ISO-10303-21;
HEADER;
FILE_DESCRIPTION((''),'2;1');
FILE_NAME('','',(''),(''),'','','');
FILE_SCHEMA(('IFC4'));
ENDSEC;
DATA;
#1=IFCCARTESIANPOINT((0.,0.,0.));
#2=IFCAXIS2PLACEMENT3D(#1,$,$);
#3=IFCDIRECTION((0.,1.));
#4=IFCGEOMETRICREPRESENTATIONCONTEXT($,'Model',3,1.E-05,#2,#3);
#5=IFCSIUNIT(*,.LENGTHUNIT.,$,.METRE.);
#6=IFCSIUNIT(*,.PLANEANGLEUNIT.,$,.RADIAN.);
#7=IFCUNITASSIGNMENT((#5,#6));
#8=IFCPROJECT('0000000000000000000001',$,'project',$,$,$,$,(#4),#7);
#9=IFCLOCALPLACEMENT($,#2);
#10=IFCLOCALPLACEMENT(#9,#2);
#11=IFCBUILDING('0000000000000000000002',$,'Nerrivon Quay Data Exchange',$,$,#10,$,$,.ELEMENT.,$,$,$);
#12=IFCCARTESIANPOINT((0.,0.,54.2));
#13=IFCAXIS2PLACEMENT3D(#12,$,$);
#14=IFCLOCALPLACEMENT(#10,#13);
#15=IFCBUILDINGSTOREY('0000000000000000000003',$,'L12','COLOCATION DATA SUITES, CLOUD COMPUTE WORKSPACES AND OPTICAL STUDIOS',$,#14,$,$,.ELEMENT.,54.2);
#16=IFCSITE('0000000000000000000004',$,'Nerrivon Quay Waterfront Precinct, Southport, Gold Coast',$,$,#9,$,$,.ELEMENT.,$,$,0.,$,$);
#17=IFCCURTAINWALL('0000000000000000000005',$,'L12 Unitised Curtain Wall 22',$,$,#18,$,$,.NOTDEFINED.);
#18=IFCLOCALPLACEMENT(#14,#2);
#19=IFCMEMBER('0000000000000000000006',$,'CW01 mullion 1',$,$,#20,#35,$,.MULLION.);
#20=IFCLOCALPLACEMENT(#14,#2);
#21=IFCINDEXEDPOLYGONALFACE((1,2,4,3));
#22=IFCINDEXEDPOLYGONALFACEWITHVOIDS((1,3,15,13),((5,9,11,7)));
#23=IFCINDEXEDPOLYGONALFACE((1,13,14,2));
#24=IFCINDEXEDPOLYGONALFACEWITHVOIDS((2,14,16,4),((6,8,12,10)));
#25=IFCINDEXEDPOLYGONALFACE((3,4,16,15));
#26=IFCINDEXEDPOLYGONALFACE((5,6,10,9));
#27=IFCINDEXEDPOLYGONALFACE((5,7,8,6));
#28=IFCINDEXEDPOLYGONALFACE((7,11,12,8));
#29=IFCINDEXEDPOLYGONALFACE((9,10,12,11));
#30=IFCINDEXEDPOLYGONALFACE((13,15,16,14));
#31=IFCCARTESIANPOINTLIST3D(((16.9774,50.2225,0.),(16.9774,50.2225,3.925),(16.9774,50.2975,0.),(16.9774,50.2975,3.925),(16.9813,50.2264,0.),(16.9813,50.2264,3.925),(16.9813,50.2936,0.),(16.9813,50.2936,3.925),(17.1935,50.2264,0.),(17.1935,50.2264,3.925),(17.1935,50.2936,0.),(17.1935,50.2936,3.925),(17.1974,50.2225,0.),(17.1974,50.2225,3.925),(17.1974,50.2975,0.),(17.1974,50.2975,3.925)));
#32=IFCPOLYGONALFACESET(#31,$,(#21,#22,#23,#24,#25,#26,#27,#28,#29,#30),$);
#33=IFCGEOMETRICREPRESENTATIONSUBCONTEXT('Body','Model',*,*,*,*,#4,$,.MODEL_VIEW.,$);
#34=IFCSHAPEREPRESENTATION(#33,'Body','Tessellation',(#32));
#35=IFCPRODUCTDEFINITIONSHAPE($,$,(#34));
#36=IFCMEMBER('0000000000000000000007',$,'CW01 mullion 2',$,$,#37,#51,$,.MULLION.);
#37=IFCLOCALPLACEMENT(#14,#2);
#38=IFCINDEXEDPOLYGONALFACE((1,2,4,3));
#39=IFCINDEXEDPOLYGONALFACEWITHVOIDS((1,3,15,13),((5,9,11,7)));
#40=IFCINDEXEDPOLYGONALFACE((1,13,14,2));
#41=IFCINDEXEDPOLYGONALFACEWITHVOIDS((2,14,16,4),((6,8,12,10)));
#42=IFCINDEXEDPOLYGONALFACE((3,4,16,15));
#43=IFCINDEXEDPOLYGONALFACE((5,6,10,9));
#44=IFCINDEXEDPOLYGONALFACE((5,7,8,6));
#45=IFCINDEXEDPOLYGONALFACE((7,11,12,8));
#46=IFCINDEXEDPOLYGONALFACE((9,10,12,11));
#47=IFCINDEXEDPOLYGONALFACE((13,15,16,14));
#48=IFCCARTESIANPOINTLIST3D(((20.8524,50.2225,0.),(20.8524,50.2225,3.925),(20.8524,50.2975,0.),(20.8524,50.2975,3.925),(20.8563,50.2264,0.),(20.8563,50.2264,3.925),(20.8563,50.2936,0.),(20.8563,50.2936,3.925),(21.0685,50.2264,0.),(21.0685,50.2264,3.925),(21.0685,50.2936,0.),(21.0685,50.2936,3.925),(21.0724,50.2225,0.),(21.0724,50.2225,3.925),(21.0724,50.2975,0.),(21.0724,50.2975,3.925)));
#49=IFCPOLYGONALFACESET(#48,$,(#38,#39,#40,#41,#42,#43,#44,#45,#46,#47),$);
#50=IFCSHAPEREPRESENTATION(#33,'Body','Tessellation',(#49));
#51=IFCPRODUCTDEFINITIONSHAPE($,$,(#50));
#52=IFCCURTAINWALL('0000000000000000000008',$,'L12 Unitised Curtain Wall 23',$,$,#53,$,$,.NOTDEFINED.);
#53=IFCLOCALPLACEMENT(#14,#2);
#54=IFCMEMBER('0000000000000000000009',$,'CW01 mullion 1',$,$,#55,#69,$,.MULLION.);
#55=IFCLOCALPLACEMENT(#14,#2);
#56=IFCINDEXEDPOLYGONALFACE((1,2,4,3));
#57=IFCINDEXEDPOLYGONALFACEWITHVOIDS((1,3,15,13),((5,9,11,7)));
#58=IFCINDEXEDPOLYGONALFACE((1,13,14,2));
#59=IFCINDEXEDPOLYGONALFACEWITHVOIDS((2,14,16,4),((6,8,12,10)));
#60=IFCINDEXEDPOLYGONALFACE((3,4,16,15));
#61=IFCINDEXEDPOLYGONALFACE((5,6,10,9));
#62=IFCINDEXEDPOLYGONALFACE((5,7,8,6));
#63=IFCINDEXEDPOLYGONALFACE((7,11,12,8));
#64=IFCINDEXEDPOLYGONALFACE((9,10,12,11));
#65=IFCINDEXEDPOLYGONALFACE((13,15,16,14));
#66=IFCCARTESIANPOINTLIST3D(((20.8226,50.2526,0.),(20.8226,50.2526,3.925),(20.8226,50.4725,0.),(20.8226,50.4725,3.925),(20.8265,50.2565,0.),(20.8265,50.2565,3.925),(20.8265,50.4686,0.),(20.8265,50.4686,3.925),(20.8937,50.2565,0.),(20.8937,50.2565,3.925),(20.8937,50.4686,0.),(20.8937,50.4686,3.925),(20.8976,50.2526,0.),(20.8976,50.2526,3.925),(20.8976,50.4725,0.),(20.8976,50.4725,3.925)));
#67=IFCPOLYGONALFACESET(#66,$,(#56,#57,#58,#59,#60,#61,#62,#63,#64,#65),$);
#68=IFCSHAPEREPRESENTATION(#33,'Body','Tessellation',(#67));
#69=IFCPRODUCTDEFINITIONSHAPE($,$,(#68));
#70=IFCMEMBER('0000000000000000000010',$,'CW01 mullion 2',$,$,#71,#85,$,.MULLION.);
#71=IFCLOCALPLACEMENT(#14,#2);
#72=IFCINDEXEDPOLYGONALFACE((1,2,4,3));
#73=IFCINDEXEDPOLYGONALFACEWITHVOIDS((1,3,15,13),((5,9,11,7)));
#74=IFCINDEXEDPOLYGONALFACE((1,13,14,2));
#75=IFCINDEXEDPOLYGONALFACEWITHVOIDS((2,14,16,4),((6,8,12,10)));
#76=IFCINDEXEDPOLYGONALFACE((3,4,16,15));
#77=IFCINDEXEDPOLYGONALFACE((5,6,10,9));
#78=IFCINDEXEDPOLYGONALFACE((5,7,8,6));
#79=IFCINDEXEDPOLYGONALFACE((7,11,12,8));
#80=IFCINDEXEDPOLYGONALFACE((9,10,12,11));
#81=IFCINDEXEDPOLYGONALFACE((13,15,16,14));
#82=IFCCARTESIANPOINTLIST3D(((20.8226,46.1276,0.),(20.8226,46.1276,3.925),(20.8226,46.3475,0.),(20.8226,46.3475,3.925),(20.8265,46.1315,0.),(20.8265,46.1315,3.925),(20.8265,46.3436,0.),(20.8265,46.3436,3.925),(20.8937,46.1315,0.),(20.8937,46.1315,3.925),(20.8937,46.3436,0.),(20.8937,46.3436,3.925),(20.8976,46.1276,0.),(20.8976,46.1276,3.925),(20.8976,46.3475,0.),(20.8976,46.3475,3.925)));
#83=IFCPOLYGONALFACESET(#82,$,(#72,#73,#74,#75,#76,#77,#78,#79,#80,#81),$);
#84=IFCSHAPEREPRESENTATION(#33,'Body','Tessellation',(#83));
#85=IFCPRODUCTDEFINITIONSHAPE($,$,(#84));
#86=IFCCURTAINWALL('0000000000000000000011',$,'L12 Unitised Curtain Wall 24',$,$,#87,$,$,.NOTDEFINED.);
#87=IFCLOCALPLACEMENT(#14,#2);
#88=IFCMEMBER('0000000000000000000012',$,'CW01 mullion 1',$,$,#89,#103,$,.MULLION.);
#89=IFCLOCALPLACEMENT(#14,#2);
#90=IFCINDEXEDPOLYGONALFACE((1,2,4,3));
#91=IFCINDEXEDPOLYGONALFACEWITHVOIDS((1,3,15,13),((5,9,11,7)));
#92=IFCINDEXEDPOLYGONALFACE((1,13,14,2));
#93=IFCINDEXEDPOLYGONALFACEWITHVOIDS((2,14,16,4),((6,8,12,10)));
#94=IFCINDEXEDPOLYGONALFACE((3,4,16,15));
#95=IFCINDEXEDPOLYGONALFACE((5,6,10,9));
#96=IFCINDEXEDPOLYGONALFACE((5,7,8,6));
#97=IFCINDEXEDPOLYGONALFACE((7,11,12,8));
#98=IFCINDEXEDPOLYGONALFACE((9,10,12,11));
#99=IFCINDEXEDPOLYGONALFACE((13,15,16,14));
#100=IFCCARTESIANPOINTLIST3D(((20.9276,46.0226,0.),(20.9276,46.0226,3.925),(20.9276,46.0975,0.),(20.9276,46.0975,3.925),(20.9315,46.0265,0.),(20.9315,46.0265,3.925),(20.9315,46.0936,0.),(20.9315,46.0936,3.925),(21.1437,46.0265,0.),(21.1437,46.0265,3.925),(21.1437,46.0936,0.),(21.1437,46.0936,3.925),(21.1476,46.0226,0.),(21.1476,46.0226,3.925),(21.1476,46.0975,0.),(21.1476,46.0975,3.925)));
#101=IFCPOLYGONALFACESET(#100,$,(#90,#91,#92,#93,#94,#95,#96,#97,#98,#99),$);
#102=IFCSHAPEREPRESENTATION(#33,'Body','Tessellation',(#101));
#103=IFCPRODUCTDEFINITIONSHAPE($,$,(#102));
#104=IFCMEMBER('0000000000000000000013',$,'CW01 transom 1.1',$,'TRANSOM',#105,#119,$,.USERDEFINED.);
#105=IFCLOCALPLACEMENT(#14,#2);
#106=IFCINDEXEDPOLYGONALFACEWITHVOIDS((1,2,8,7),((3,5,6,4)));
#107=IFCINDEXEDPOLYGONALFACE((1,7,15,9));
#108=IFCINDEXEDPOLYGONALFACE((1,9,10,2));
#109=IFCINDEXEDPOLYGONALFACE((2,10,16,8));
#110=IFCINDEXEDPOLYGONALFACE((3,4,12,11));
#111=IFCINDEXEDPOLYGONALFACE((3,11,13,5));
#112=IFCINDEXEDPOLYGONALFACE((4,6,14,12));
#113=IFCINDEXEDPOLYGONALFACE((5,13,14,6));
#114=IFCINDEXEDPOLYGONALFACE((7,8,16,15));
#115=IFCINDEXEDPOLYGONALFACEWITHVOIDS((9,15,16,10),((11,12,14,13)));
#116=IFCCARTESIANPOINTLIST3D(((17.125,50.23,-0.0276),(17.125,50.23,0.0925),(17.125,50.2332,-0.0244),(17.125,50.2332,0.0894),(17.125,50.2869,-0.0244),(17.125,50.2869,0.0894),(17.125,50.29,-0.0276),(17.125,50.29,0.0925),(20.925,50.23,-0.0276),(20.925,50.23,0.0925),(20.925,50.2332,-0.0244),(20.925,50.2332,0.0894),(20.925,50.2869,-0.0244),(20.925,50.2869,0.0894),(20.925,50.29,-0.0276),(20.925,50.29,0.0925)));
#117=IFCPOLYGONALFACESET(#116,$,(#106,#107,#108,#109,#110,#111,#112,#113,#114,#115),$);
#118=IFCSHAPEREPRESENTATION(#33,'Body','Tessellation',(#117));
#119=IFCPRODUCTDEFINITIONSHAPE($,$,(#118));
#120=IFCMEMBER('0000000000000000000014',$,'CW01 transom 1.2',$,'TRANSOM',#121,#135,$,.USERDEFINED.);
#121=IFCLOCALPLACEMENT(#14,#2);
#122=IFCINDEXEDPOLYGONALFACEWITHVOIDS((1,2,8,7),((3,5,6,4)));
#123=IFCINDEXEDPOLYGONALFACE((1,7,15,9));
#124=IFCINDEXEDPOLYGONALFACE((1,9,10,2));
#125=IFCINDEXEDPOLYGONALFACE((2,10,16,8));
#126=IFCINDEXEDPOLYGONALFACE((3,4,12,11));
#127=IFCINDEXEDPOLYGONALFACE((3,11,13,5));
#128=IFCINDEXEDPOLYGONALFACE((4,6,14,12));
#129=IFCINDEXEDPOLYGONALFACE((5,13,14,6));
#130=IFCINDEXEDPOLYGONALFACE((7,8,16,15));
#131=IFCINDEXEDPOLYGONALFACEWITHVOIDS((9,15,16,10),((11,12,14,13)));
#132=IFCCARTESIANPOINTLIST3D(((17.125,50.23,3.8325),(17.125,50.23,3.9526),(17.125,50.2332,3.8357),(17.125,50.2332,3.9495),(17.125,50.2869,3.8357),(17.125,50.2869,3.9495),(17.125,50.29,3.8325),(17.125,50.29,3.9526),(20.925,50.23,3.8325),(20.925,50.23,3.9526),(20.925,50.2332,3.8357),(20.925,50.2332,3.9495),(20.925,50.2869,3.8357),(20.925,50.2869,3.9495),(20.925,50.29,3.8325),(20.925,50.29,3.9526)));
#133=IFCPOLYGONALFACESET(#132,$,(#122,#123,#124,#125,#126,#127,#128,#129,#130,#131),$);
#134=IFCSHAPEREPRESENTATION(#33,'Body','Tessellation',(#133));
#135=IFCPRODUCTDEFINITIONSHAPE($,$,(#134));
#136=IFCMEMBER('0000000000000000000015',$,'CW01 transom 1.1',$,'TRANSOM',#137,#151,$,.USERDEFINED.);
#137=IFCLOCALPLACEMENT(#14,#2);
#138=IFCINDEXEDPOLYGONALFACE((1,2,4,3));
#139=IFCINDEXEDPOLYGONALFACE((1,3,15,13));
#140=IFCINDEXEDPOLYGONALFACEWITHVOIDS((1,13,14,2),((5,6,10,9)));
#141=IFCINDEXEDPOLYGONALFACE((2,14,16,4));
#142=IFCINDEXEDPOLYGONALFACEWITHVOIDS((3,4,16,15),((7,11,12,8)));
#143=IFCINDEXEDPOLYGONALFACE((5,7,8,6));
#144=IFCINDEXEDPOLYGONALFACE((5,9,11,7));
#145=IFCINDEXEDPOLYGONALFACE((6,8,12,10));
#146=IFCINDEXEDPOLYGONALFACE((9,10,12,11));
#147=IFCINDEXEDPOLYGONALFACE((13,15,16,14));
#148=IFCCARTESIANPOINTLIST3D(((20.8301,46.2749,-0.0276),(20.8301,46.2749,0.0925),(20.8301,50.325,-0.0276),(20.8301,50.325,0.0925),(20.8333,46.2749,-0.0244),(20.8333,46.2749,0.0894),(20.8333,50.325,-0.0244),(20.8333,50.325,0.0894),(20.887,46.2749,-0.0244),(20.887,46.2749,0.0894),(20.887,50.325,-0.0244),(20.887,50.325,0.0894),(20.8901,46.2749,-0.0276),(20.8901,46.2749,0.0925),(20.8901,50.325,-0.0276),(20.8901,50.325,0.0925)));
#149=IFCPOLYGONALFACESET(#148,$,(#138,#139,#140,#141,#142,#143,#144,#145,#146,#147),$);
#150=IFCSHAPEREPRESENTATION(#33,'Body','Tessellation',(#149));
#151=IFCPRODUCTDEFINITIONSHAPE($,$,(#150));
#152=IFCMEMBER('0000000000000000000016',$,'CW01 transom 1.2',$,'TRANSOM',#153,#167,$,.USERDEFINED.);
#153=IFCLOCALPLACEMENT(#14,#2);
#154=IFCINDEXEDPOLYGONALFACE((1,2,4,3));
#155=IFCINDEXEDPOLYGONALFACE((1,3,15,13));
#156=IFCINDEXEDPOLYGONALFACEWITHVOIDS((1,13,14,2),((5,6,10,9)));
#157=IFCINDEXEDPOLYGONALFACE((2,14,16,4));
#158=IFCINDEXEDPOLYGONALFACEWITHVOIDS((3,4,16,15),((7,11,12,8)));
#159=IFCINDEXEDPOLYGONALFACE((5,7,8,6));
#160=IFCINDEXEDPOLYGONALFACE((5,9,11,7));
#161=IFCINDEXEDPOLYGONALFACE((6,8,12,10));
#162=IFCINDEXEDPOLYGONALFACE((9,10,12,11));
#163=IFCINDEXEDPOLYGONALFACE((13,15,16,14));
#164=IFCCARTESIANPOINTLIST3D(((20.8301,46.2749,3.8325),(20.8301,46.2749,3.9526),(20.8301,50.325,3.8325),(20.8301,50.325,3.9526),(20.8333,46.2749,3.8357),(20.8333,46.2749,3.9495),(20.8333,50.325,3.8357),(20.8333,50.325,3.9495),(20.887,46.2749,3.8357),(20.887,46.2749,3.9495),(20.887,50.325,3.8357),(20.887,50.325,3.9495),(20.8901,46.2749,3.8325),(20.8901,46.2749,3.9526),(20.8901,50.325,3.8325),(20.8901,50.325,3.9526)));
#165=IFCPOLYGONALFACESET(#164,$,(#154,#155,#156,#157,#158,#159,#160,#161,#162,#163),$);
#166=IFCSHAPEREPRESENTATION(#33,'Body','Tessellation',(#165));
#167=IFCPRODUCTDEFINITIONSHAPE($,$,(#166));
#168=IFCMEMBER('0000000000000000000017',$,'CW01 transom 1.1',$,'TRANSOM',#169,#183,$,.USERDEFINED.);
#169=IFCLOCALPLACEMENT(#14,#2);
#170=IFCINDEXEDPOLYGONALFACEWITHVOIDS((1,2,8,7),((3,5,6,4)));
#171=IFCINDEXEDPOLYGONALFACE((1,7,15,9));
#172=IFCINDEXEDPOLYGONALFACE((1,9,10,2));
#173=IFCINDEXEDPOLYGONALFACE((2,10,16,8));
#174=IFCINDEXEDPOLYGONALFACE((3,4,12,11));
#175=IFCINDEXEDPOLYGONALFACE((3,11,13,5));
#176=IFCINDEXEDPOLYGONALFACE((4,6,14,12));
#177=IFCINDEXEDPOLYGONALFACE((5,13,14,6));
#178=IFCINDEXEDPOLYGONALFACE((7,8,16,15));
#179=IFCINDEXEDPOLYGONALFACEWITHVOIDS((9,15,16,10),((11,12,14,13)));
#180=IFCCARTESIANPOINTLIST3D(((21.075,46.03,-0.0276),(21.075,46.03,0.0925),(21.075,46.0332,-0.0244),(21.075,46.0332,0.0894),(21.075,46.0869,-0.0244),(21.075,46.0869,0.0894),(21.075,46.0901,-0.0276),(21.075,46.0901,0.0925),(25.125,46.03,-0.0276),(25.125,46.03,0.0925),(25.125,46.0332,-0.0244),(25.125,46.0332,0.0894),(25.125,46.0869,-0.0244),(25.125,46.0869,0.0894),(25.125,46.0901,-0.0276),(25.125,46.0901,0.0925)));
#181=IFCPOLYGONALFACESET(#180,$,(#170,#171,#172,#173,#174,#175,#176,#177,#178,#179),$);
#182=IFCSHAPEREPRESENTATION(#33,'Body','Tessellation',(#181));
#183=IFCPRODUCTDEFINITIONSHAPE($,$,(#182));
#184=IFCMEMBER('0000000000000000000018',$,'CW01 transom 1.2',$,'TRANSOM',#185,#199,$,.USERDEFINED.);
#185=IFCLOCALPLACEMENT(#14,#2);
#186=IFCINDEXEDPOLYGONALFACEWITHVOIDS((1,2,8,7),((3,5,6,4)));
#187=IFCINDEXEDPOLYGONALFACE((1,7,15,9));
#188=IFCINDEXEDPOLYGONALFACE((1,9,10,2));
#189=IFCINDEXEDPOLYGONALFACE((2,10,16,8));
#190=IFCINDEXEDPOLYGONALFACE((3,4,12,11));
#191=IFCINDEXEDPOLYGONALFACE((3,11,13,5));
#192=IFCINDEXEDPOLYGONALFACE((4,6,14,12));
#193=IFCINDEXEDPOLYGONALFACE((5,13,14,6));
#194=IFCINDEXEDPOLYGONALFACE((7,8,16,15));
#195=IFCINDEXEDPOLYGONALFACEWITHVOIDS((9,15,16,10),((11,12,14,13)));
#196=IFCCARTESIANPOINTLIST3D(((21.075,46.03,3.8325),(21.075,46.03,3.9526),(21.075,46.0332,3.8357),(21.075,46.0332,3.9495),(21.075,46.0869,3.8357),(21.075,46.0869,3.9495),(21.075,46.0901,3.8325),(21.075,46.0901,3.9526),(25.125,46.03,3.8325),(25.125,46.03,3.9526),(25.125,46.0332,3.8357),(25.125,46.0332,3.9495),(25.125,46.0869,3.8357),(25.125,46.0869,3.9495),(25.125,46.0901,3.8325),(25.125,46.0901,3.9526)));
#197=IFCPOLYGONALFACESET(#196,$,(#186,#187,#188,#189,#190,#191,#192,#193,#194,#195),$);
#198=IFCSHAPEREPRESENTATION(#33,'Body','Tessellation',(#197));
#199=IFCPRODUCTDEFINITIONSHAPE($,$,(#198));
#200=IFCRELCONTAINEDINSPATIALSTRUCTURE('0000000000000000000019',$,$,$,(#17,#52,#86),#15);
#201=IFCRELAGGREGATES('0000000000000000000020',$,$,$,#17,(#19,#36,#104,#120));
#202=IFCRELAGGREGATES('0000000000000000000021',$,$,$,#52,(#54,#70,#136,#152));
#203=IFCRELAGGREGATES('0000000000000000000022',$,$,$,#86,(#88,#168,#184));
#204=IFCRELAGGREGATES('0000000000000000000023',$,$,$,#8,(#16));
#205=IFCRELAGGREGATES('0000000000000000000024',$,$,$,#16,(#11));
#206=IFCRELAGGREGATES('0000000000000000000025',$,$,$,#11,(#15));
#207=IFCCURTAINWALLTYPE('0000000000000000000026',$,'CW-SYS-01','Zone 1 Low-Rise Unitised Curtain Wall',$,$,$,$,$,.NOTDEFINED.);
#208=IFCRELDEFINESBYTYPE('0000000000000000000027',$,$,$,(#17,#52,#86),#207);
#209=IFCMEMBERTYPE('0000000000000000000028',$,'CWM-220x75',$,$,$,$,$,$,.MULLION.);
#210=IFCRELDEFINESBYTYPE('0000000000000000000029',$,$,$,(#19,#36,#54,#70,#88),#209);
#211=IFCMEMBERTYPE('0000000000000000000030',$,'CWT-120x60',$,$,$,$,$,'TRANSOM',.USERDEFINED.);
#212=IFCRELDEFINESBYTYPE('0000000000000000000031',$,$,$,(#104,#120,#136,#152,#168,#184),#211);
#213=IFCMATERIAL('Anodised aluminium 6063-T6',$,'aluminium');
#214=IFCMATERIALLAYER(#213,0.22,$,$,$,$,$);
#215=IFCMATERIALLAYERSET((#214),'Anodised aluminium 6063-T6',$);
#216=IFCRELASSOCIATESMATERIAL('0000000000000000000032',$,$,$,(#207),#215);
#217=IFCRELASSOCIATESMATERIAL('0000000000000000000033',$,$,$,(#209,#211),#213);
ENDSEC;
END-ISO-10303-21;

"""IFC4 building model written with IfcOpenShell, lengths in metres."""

from ifc_helpers import new_model, si_unit, direction, frame, origin, origin_2d, place, context, subcontext, project, spatial, hollow_rectangle, extrude, material, layer, layer_set, material_profile, profile_set, type_object, element, aggregate, save


model = new_model("IFC4")

# Units and contexts
model_context = context("Model", 3, precision=1e-05, world=origin(), true_north=direction((0.0, 1.0)))
body_context = subcontext(model_context, "Body", "Model", "MODEL_VIEW")
ifc_project = project(units=[si_unit("LENGTHUNIT", "METRE"), si_unit("PLANEANGLEUNIT", "RADIAN")], contexts=[model_context])

# Site, building, storey
site_placement = place(None, origin())
site = spatial("IfcSite", under=ifc_project, at=site_placement, Name="Nerrivon Quay Waterfront Precinct, Southport, Gold Coast", CompositionType="ELEMENT", RefElevation=0.0)
building_placement = place(site_placement, origin())
building = spatial("IfcBuilding", under=site, at=building_placement, Name="Nerrivon Quay Data Exchange", CompositionType="ELEMENT")
storey_placement = place(building_placement, frame((0.0, 0.0, 54.2)))
storey = spatial("IfcBuildingStorey", under=building, at=storey_placement, Name="L12", Description="COLOCATION DATA SUITES, CLOUD COMPUTE WORKSPACES AND OPTICAL STUDIOS", CompositionType="ELEMENT", Elevation=54.2)

# Curtain walls, members
ifc_material_1 = material(Name="Anodised aluminium 6063-T6", Category="aluminium")
ifc_layer_1 = layer(ifc_material_1, 0.22)
ifc_layer_set_1 = layer_set([ifc_layer_1], Name="Anodised aluminium 6063-T6")
curtain_wall_type = type_object("IfcCurtainWallType", Name="CW-SYS-01", Description="Zone 1 Low-Rise Unitised Curtain Wall", PredefinedType="NOTDEFINED", material=ifc_layer_set_1)
curtain_wall_1_placement = place(storey_placement, origin())
curtain_wall_1 = element("IfcCurtainWall", 1, at=curtain_wall_1_placement, inside=storey, type_object=curtain_wall_type, Name="L12 Unitised Curtain Wall 22", PredefinedType="NOTDEFINED")
ifc_material_profile_1 = material_profile(ifc_material_1, hollow_rectangle(XDim=0.075, YDim=0.22, WallThickness=0.0039, at=origin_2d()), Name="ALU-MULL-220x75")
ifc_profile_set_1 = profile_set([ifc_material_profile_1], Name="Anodised aluminium 6063-T6")
member_type_1 = type_object("IfcMemberType", Name="CWM-220x75", PredefinedType="MULLION", material=ifc_profile_set_1)
member_1_placement = place(storey_placement, frame((17.0874, 50.26, 0.0), z_axis=(0.0, 0.0, 1.0), x_axis=(0.0, 1.0, 0.0)))
member_1 = element("IfcMember", 2, at=member_1_placement, type_object=member_type_1, Name="CW01 mullion 1", PredefinedType="MULLION", context=body_context, shape_type="SweptSolid", body=[
    extrude(hollow_rectangle(XDim=0.075, YDim=0.22, WallThickness=0.0039, at=origin_2d()), origin(), (0.0, 0.0, 1.0), 3.925),
])
member_2_placement = place(storey_placement, frame((20.9624, 50.26, 0.0), z_axis=(0.0, 0.0, 1.0), x_axis=(0.0, 1.0, 0.0)))
member_2 = element("IfcMember", 3, at=member_2_placement, type_object=member_type_1, Name="CW01 mullion 2", PredefinedType="MULLION", context=body_context, shape_type="SweptSolid", body=[
    extrude(hollow_rectangle(XDim=0.075, YDim=0.22, WallThickness=0.0039, at=origin_2d()), origin(), (0.0, 0.0, 1.0), 3.925),
])
curtain_wall_2_placement = place(storey_placement, origin())
curtain_wall_2 = element("IfcCurtainWall", 4, at=curtain_wall_2_placement, inside=storey, type_object=curtain_wall_type, Name="L12 Unitised Curtain Wall 23", PredefinedType="NOTDEFINED")
member_3_placement = place(storey_placement, frame((20.8601, 50.3625, 0.0), z_axis=(0.0, 0.0, 1.0), x_axis=(1.0, 0.0, 0.0)))
member_3 = element("IfcMember", 5, at=member_3_placement, type_object=member_type_1, Name="CW01 mullion 1", PredefinedType="MULLION", context=body_context, shape_type="SweptSolid", body=[
    extrude(hollow_rectangle(XDim=0.075, YDim=0.22, WallThickness=0.0039, at=origin_2d()), origin(), (0.0, 0.0, 1.0), 3.925),
])
member_4_placement = place(storey_placement, frame((20.8601, 46.2375, 0.0), z_axis=(0.0, 0.0, 1.0), x_axis=(1.0, 0.0, 0.0)))
member_4 = element("IfcMember", 6, at=member_4_placement, type_object=member_type_1, Name="CW01 mullion 2", PredefinedType="MULLION", context=body_context, shape_type="SweptSolid", body=[
    extrude(hollow_rectangle(XDim=0.075, YDim=0.22, WallThickness=0.0039, at=origin_2d()), origin(), (0.0, 0.0, 1.0), 3.925),
])

# Curtain wall, member
curtain_wall_3_placement = place(storey_placement, origin())
curtain_wall_3 = element("IfcCurtainWall", 7, at=curtain_wall_3_placement, inside=storey, type_object=curtain_wall_type, Name="L12 Unitised Curtain Wall 24", PredefinedType="NOTDEFINED")
member_5_placement = place(storey_placement, frame((21.0376, 46.0601, 0.0), z_axis=(0.0, 0.0, 1.0), x_axis=(0.0, 1.0, 0.0)))
member_5 = element("IfcMember", 8, at=member_5_placement, type_object=member_type_1, Name="CW01 mullion 1", PredefinedType="MULLION", context=body_context, shape_type="SweptSolid", body=[
    extrude(hollow_rectangle(XDim=0.075, YDim=0.22, WallThickness=0.0039, at=origin_2d()), origin(), (0.0, 0.0, 1.0), 3.925),
])

# Members
ifc_material_profile_2 = material_profile(ifc_material_1, hollow_rectangle(XDim=0.0601, YDim=0.1201, WallThickness=0.0032, at=origin_2d()), Name="ALU-TRAN-120x60")
ifc_profile_set_2 = profile_set([ifc_material_profile_2], Name="Anodised aluminium 6063-T6")
member_type_2 = type_object("IfcMemberType", Name="CWT-120x60", ElementType="TRANSOM", PredefinedType="USERDEFINED", material=ifc_profile_set_2)
member_6_placement = place(storey_placement, frame((17.125, 50.26, 0.0325), z_axis=(1.0, 0.0, 0.0), x_axis=(0.0, 1.0, 0.0)))
member_6 = element("IfcMember", 9, at=member_6_placement, type_object=member_type_2, Name="CW01 transom 1.1", ObjectType="TRANSOM", PredefinedType="USERDEFINED", context=body_context, shape_type="SweptSolid", body=[
    extrude(hollow_rectangle(XDim=0.0601, YDim=0.1201, WallThickness=0.0032, at=origin_2d()), origin(), (0.0, 0.0, 1.0), 3.8),
])
member_7_placement = place(storey_placement, frame((17.125, 50.26, 3.8926), z_axis=(1.0, 0.0, 0.0), x_axis=(0.0, 1.0, 0.0)))
member_7 = element("IfcMember", 10, at=member_7_placement, type_object=member_type_2, Name="CW01 transom 1.2", ObjectType="TRANSOM", PredefinedType="USERDEFINED", context=body_context, shape_type="SweptSolid", body=[
    extrude(hollow_rectangle(XDim=0.0601, YDim=0.1201, WallThickness=0.0032, at=origin_2d()), origin(), (0.0, 0.0, 1.0), 3.8),
])
member_8_placement = place(storey_placement, frame((20.8601, 50.325, 0.0325), z_axis=(0.0, -1.0, 0.0), x_axis=(1.0, 0.0, 0.0)))
member_8 = element("IfcMember", 11, at=member_8_placement, type_object=member_type_2, Name="CW01 transom 1.1", ObjectType="TRANSOM", PredefinedType="USERDEFINED", context=body_context, shape_type="SweptSolid", body=[
    extrude(hollow_rectangle(XDim=0.0601, YDim=0.1201, WallThickness=0.0032, at=origin_2d()), origin(), (0.0, 0.0, 1.0), 4.05),
])
member_9_placement = place(storey_placement, frame((20.8601, 50.325, 3.8926), z_axis=(0.0, -1.0, 0.0), x_axis=(1.0, 0.0, 0.0)))
member_9 = element("IfcMember", 12, at=member_9_placement, type_object=member_type_2, Name="CW01 transom 1.2", ObjectType="TRANSOM", PredefinedType="USERDEFINED", context=body_context, shape_type="SweptSolid", body=[
    extrude(hollow_rectangle(XDim=0.0601, YDim=0.1201, WallThickness=0.0032, at=origin_2d()), origin(), (0.0, 0.0, 1.0), 4.05),
])
member_10_placement = place(storey_placement, frame((21.075, 46.0601, 0.0325), z_axis=(1.0, 0.0, 0.0), x_axis=(0.0, 1.0, 0.0)))
member_10 = element("IfcMember", 13, at=member_10_placement, type_object=member_type_2, Name="CW01 transom 1.1", ObjectType="TRANSOM", PredefinedType="USERDEFINED", context=body_context, shape_type="SweptSolid", body=[
    extrude(hollow_rectangle(XDim=0.0601, YDim=0.1201, WallThickness=0.0032, at=origin_2d()), origin(), (0.0, 0.0, 1.0), 4.05),
])
member_11_placement = place(storey_placement, frame((21.075, 46.0601, 3.8926), z_axis=(1.0, 0.0, 0.0), x_axis=(0.0, 1.0, 0.0)))
member_11 = element("IfcMember", 14, at=member_11_placement, type_object=member_type_2, Name="CW01 transom 1.2", ObjectType="TRANSOM", PredefinedType="USERDEFINED", context=body_context, shape_type="SweptSolid", body=[
    extrude(hollow_rectangle(XDim=0.0601, YDim=0.1201, WallThickness=0.0032, at=origin_2d()), origin(), (0.0, 0.0, 1.0), 4.05),
])

aggregate(curtain_wall_1, [member_1, member_2, member_6, member_7])
aggregate(curtain_wall_2, [member_3, member_4, member_8, member_9])
aggregate(curtain_wall_3, [member_5, member_10, member_11])

save(model, "model.ifc")
